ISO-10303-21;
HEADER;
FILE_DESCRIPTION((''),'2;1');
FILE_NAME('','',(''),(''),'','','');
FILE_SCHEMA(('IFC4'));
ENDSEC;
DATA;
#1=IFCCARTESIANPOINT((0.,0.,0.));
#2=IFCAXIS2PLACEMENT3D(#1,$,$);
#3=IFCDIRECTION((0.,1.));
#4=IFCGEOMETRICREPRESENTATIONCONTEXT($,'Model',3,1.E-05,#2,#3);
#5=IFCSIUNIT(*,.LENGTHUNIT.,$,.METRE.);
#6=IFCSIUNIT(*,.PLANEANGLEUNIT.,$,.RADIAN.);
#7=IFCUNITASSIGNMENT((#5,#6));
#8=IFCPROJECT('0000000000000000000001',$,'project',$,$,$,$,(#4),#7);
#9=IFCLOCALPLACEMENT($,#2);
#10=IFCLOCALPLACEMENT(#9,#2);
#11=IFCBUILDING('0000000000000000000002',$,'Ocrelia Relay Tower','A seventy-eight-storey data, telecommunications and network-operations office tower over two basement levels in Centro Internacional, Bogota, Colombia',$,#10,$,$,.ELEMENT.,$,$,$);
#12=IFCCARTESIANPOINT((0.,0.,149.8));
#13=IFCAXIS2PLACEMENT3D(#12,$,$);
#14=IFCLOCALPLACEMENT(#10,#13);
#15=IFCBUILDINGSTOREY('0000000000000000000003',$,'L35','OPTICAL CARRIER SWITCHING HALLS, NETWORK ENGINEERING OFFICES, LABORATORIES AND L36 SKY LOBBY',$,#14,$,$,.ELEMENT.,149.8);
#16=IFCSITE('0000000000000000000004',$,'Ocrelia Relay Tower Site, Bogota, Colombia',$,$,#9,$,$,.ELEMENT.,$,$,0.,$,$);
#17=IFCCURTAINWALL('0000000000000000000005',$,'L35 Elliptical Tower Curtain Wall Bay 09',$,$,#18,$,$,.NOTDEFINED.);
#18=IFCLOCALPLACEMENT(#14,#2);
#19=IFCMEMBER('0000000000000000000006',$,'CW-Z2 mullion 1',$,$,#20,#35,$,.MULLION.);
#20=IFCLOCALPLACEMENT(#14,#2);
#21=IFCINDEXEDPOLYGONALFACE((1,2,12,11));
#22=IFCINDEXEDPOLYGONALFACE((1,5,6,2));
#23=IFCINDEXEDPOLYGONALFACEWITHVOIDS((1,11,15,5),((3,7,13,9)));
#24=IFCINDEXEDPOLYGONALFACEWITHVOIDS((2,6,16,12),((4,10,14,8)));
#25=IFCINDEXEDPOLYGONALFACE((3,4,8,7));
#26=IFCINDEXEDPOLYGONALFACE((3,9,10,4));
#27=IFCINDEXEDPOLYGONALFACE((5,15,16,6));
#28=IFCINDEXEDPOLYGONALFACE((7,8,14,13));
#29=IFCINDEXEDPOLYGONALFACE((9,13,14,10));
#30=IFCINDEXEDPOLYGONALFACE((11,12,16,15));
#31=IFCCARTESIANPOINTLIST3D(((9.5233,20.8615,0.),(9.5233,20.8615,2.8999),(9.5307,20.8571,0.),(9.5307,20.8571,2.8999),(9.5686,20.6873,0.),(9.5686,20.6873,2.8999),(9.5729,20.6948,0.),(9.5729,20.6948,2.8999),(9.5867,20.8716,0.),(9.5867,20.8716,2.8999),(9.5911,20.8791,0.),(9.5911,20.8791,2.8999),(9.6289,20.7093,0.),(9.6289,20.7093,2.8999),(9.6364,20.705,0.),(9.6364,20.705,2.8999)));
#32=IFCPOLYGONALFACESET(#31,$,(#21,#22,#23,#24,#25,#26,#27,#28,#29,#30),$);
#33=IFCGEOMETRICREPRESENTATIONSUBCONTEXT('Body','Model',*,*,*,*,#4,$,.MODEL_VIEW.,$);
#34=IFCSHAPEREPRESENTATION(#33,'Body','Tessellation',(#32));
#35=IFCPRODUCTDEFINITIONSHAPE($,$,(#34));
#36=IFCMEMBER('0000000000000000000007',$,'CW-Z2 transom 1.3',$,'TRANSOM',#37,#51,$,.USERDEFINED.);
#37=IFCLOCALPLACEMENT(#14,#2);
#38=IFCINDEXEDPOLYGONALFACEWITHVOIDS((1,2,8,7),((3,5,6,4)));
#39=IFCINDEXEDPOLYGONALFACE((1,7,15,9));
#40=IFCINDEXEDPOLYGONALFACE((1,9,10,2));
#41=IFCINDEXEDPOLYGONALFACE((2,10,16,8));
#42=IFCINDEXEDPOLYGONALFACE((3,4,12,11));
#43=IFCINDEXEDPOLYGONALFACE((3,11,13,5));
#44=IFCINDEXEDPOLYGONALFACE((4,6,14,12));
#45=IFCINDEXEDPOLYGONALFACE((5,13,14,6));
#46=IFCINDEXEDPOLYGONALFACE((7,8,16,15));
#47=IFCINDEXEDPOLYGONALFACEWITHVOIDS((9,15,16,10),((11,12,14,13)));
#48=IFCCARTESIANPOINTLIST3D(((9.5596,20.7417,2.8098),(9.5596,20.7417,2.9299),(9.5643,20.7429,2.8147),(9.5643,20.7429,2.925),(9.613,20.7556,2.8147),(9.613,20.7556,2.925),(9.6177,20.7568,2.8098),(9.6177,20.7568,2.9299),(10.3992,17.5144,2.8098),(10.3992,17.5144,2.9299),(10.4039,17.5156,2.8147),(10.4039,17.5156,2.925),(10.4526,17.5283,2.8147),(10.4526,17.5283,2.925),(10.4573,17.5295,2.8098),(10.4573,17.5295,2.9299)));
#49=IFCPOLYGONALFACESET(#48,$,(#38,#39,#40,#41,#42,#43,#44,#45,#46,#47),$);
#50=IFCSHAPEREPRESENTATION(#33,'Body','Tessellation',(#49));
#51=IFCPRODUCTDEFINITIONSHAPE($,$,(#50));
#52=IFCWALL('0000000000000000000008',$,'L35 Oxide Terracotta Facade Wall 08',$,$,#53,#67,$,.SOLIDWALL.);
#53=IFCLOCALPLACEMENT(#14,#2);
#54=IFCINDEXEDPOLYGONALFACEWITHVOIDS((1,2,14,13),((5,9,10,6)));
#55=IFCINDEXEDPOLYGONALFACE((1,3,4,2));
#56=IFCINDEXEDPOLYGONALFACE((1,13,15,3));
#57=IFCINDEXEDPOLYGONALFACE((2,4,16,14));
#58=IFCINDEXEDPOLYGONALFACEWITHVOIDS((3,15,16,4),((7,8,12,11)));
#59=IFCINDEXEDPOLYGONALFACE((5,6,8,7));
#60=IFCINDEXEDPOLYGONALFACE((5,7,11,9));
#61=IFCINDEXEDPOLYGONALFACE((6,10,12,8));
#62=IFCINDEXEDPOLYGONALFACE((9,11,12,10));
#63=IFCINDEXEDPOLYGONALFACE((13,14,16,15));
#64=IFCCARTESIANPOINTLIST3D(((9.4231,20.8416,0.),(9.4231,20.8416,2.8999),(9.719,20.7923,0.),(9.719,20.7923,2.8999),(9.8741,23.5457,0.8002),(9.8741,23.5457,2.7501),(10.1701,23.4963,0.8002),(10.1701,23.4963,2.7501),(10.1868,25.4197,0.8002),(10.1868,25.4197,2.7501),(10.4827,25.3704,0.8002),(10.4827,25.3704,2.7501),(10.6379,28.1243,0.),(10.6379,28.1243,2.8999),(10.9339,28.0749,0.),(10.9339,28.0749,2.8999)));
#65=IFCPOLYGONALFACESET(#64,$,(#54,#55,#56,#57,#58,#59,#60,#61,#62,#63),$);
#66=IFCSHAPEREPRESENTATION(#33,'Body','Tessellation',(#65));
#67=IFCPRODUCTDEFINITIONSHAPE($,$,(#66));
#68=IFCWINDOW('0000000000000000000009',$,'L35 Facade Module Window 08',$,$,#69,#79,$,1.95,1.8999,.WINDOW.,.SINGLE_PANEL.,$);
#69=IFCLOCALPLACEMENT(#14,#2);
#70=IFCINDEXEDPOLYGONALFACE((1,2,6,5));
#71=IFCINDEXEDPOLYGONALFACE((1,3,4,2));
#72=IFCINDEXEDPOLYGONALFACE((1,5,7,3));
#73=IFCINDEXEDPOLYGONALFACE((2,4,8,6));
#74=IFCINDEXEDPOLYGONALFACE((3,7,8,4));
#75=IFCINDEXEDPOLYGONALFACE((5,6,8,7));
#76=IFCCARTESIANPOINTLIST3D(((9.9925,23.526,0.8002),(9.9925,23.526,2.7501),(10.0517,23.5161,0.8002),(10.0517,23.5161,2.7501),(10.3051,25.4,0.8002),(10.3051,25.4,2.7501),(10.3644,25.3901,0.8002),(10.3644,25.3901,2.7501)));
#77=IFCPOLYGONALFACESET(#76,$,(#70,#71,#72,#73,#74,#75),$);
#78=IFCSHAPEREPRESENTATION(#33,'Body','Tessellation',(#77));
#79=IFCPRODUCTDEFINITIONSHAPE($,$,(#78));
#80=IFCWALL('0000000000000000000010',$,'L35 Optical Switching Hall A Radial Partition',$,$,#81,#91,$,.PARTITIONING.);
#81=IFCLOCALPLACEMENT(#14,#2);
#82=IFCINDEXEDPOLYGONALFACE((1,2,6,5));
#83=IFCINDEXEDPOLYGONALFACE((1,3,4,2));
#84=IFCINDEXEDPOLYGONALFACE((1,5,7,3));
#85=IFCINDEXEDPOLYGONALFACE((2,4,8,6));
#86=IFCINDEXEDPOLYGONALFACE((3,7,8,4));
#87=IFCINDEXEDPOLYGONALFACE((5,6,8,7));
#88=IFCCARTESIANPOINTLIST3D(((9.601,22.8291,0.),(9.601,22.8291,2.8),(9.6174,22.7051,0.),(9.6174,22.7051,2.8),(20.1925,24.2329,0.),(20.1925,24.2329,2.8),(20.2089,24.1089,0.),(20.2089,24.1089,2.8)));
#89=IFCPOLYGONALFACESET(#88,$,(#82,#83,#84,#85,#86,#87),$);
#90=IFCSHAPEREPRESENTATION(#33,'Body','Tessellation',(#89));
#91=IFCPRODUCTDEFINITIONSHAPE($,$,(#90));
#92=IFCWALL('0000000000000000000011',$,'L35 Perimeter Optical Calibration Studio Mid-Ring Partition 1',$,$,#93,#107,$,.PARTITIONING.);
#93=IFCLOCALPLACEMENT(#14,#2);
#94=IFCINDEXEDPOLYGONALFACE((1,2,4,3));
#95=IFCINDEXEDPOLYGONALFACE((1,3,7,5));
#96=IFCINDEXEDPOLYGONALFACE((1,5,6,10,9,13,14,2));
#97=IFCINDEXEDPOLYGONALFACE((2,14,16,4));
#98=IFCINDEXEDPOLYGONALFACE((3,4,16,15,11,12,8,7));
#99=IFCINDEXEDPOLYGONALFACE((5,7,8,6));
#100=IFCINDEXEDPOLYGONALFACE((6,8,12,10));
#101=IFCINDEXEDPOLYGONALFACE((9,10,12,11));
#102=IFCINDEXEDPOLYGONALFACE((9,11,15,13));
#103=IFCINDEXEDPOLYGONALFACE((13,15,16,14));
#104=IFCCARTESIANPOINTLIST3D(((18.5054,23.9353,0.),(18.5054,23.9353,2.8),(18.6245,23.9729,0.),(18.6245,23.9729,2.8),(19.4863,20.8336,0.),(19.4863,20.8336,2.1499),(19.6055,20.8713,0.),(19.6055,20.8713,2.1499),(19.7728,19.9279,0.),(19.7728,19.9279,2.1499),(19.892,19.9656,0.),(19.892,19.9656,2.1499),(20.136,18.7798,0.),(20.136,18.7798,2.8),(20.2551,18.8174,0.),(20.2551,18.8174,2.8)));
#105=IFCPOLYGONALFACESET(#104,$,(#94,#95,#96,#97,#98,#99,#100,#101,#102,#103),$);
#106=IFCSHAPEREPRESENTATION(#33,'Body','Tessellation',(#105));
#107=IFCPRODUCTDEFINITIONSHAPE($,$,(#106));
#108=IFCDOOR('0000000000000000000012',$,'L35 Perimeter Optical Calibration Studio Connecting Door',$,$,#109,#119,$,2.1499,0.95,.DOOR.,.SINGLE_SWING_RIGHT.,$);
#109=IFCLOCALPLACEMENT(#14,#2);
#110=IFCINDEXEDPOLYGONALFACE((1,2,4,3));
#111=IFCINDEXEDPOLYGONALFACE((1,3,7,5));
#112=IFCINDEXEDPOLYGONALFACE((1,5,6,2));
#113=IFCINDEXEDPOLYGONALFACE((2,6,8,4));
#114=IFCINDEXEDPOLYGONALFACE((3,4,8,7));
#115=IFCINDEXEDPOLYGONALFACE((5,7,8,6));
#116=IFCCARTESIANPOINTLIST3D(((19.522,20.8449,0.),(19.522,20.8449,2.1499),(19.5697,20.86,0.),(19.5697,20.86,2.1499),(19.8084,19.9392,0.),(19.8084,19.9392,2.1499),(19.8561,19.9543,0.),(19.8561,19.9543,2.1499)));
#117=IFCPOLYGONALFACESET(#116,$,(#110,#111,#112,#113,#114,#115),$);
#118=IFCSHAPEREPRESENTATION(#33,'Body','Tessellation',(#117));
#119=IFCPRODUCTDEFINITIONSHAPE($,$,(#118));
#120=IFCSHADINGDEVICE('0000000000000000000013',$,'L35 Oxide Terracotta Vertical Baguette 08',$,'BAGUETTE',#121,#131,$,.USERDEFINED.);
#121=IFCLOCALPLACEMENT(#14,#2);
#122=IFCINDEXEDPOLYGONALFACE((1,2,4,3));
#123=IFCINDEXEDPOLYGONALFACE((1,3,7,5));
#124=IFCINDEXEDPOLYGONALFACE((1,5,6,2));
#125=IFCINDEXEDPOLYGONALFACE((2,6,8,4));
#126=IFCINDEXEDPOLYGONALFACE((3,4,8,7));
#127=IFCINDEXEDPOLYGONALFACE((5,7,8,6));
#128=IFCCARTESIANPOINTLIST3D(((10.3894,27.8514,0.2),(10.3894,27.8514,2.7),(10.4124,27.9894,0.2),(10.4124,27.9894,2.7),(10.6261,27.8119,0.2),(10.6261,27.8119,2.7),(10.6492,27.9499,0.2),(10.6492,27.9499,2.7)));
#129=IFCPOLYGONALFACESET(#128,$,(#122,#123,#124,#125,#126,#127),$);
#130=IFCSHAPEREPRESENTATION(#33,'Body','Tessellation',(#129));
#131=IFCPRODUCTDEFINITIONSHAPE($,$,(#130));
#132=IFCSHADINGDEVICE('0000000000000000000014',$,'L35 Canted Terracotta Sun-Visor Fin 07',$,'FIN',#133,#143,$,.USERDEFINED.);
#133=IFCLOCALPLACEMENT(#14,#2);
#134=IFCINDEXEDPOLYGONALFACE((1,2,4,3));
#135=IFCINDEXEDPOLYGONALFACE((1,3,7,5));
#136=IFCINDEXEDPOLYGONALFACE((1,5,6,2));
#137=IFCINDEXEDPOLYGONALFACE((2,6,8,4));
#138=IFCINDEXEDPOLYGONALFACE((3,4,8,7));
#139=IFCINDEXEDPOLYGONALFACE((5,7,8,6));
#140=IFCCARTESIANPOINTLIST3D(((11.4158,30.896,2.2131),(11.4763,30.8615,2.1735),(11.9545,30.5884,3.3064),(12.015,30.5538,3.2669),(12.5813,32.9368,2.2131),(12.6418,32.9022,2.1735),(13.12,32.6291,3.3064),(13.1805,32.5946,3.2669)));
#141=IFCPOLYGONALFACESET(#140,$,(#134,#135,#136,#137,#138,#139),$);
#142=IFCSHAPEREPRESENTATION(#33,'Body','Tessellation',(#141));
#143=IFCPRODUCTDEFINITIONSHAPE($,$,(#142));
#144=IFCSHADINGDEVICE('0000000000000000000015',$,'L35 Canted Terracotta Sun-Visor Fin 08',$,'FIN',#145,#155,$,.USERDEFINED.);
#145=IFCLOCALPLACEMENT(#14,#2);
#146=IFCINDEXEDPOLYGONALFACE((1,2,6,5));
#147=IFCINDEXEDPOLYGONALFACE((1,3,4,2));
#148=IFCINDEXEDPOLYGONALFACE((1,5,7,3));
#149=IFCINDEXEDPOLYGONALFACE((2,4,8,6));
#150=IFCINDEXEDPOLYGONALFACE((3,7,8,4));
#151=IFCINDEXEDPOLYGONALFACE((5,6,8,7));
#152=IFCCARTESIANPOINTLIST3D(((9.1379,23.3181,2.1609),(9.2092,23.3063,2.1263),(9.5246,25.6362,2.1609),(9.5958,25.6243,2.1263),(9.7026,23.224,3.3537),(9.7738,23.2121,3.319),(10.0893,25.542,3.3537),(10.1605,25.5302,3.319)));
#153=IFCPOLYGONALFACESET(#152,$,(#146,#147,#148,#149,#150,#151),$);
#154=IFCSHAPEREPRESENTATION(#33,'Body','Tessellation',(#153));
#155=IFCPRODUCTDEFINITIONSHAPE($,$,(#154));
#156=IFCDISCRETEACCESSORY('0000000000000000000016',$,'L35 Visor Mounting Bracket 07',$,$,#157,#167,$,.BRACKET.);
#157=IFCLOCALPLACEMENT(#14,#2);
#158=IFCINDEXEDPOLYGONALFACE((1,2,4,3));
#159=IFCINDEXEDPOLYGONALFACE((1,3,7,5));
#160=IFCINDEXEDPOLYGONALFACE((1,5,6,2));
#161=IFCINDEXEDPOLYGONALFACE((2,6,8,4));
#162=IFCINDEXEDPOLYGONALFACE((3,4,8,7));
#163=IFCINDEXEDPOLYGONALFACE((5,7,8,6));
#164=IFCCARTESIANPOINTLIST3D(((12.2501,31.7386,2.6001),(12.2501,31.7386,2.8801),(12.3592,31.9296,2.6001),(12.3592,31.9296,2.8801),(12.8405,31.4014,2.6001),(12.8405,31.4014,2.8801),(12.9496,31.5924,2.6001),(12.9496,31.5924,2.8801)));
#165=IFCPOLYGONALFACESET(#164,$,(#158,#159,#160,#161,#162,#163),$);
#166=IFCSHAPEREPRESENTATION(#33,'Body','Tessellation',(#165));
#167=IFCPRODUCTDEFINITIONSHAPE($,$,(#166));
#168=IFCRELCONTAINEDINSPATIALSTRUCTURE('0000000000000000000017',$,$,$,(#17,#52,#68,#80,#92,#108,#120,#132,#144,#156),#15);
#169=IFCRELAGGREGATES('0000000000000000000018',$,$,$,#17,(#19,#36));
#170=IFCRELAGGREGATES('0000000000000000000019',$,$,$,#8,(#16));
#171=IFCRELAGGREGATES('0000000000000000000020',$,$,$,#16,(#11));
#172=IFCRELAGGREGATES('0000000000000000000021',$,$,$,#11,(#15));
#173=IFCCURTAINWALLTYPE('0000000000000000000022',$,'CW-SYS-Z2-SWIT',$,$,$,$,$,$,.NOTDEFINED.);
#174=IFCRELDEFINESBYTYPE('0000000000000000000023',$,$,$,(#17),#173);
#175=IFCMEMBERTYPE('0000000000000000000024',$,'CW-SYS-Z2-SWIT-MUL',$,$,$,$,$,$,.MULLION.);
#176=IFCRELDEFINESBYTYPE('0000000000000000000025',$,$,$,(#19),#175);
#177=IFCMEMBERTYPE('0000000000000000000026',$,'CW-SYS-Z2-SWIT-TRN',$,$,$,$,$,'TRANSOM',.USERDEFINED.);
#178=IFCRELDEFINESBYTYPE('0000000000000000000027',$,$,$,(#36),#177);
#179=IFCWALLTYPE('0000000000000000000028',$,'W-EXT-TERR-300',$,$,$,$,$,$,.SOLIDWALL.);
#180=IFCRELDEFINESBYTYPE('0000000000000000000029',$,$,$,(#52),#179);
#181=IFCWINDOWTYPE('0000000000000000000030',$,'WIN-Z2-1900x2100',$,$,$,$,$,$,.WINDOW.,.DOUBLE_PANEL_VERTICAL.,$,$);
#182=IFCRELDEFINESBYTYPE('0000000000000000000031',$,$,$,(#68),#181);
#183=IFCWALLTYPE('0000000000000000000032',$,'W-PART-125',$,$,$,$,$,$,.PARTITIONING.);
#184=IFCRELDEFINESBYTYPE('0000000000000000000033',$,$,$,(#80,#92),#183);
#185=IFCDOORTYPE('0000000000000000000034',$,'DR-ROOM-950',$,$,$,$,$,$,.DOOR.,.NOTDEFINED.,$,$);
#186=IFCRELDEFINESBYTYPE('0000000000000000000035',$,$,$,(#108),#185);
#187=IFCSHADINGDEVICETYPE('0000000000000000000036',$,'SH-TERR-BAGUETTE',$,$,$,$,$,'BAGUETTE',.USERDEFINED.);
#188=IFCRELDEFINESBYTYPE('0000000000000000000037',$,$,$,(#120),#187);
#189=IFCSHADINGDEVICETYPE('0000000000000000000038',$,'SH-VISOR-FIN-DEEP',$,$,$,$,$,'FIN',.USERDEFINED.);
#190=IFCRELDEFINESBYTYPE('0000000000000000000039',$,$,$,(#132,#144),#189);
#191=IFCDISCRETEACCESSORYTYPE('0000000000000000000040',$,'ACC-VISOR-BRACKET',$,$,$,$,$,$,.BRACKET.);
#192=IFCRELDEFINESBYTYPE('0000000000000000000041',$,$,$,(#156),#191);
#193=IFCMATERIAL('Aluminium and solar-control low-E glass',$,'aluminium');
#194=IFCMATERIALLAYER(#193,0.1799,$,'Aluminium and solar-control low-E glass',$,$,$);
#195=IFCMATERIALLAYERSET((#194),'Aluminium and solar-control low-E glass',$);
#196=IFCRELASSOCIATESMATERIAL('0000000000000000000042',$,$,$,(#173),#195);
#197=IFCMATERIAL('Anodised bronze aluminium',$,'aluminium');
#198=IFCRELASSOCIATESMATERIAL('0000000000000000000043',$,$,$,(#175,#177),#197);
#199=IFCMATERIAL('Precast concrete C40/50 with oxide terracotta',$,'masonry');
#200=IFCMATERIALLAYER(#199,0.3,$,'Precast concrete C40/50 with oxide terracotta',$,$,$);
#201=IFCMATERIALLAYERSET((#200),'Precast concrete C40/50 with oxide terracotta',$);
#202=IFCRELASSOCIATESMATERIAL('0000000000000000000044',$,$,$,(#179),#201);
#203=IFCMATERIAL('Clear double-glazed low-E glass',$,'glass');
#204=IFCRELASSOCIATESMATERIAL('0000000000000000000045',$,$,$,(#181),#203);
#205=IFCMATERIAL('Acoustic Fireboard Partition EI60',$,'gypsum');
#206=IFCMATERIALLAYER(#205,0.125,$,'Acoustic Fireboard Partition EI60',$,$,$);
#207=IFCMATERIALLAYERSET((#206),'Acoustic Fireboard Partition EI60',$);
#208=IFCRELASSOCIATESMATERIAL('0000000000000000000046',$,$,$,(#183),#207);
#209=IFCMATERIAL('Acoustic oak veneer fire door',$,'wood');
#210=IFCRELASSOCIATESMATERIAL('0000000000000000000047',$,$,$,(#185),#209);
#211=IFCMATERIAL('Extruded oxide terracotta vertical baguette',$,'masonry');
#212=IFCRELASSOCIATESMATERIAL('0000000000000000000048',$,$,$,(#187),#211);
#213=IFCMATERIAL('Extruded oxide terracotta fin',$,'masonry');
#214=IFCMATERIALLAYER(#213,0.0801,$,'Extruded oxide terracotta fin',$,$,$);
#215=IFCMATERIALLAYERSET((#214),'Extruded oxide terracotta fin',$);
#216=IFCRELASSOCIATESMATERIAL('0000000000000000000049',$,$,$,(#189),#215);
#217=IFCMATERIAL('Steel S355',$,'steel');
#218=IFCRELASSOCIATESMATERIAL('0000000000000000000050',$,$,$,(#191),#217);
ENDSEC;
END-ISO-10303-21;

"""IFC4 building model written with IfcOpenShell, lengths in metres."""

from ifc_helpers import new_model, si_unit, direction, frame, frame_2d, origin, origin_2d, place, context, subcontext, project, spatial, rectangle, hollow_rectangle, extrude, material, layer, layer_set, material_profile, profile_set, type_object, element, fill, aggregate, save


model = new_model("IFC4")

# Units and contexts
model_context = context("Model", 3, precision=1e-05, world=origin(), true_north=direction((0.0, 1.0)))
body_context = subcontext(model_context, "Body", "Model", "MODEL_VIEW")
ifc_project = project(units=[si_unit("LENGTHUNIT", "METRE"), si_unit("PLANEANGLEUNIT", "RADIAN")], contexts=[model_context])

# Site, building, storey
site_placement = place(None, origin())
site = spatial("IfcSite", under=ifc_project, at=site_placement, Name="Ocrelia Relay Tower Site, Bogota, Colombia", CompositionType="ELEMENT", RefElevation=0.0)
building_placement = place(site_placement, origin())
building = spatial("IfcBuilding", under=site, at=building_placement, Name="Ocrelia Relay Tower", Description="A seventy-eight-storey data, telecommunications and network-operations office tower over two basement levels in Centro Internacional, Bogota, Colombia", CompositionType="ELEMENT")
storey_placement = place(building_placement, frame((0.0, 0.0, 149.8)))
storey = spatial("IfcBuildingStorey", under=building, at=storey_placement, Name="L35", Description="OPTICAL CARRIER SWITCHING HALLS, NETWORK ENGINEERING OFFICES, LABORATORIES AND L36 SKY LOBBY", CompositionType="ELEMENT", Elevation=149.8)

# Shared definitions
ifc_material_1 = material(Name="Steel S355", Category="steel")

# Curtain wall, members
ifc_material_2 = material(Name="Aluminium and solar-control low-E glass", Category="aluminium")
ifc_layer_1 = layer(ifc_material_2, 0.1799, Name="Aluminium and solar-control low-E glass")
ifc_layer_set_1 = layer_set([ifc_layer_1], Name="Aluminium and solar-control low-E glass")
curtain_wall_type = type_object("IfcCurtainWallType", Name="CW-SYS-Z2-SWIT", PredefinedType="NOTDEFINED", material=ifc_layer_set_1)
curtain_wall_placement = place(storey_placement, origin())
curtain_wall = element("IfcCurtainWall", 1, at=curtain_wall_placement, inside=storey, type_object=curtain_wall_type, Name="L35 Elliptical Tower Curtain Wall Bay 09", PredefinedType="NOTDEFINED")
ifc_material_3 = material(Name="Anodised bronze aluminium", Category="aluminium")
ifc_material_profile_1 = material_profile(ifc_material_3, hollow_rectangle(XDim=0.0701, YDim=0.1799, WallThickness=0.0061, at=origin_2d()), Name="CW-MUL-180x70")
ifc_profile_set_1 = profile_set([ifc_material_profile_1], Name="Anodised bronze aluminium")
member_type_1 = type_object("IfcMemberType", Name="CW-SYS-Z2-SWIT-MUL", PredefinedType="MULLION", material=ifc_profile_set_1)
member_1_placement = place(storey_placement, frame((9.5798, 20.7832, 0.0), z_axis=(0.0, 0.0, 1.0), x_axis=(0.967797, 0.251732, 0.0)))
member_1 = element("IfcMember", 2, at=member_1_placement, type_object=member_type_1, Name="CW-Z2 mullion 1", PredefinedType="MULLION", context=body_context, shape_type="SweptSolid", body=[
    extrude(hollow_rectangle(XDim=0.0701, YDim=0.1799, WallThickness=0.0061, at=origin_2d()), origin(), (0.0, 0.0, 1.0), 2.8999),
])
ifc_material_profile_2 = material_profile(ifc_material_3, hollow_rectangle(XDim=0.0601, YDim=0.1201, WallThickness=0.0049, at=origin_2d()), Name="CW-TRN-120x60")
ifc_profile_set_2 = profile_set([ifc_material_profile_2], Name="Anodised bronze aluminium")
member_type_2 = type_object("IfcMemberType", Name="CW-SYS-Z2-SWIT-TRN", ElementType="TRANSOM", PredefinedType="USERDEFINED", material=ifc_profile_set_2)
member_2_placement = place(storey_placement, frame((9.5886, 20.7493, 2.8699), z_axis=(0.251775, -0.967786, 0.0), x_axis=(0.967786, 0.251775, 0.0)))
member_2 = element("IfcMember", 3, at=member_2_placement, type_object=member_type_2, Name="CW-Z2 transom 1.3", ObjectType="TRANSOM", PredefinedType="USERDEFINED", context=body_context, shape_type="SweptSolid", body=[
    extrude(hollow_rectangle(XDim=0.0601, YDim=0.1201, WallThickness=0.0049, at=origin_2d()), origin(), (0.0, 0.0, 1.0), 3.3347),
])
aggregate(curtain_wall, [member_1, member_2])

# Shared definitions
ifc_material_4 = material(Name="Acoustic oak veneer fire door", Category="wood")

# Wall, opening, window
ifc_material_5 = material(Name="Precast concrete C40/50 with oxide terracotta", Category="masonry")
ifc_layer_2 = layer(ifc_material_5, 0.3, Name="Precast concrete C40/50 with oxide terracotta")
ifc_layer_set_2 = layer_set([ifc_layer_2], Name="Precast concrete C40/50 with oxide terracotta")
wall_type_1 = type_object("IfcWallType", Name="W-EXT-TERR-300", PredefinedType="SOLIDWALL", material=ifc_layer_set_2)
wall_1_placement = place(storey_placement, frame((10.7859, 28.0996, 0.0), z_axis=(0.0, 0.0, 1.0), x_axis=(-0.164538, -0.986371, 0.0)))
wall_1 = element("IfcWall", 4, at=wall_1_placement, inside=storey, type_object=wall_type_1, Name="L35 Oxide Terracotta Facade Wall 08", PredefinedType="SOLIDWALL", context=body_context, shape_type="SweptSolid", body=[
    extrude(rectangle(XDim=7.3833, YDim=0.3, at=frame_2d((3.6917, 0.0))), origin(), (0.0, 0.0, 1.0), 2.8999),
])
opening_1_placement = place(wall_1_placement, frame((2.7419, 0.0, 0.8)))
opening_1 = element("IfcOpeningElement", 5, at=opening_1_placement, cuts=wall_1, PredefinedType="OPENING", context=body_context, shape_type="SweptSolid", body=[
    extrude(rectangle(XDim=1.8999, YDim=1.95, at=frame_2d((0.95, 0.9751))), frame((0.0, 0.1602, 0.0), z_axis=(0.0, -1.0, 0.0), x_axis=(1.0, 0.0, 0.0)), (0.0, 0.0, 1.0), 0.3201),
])
ifc_material_6 = material(Name="Clear double-glazed low-E glass", Category="glass")
window_type = type_object("IfcWindowType", Name="WIN-Z2-1900x2100", PartitioningType="DOUBLE_PANEL_VERTICAL", PredefinedType="WINDOW", material=ifc_material_6)
window_placement = place(opening_1_placement, origin())
window = element("IfcWindow", 6, at=window_placement, inside=storey, type_object=window_type, Name="L35 Facade Module Window 08", OverallHeight=1.95, OverallWidth=1.8999, PartitioningType="SINGLE_PANEL", PredefinedType="WINDOW", context=body_context, shape_type="SweptSolid", body=[
    extrude(rectangle(XDim=1.8999, YDim=1.95, at=frame_2d((0.95, 0.9751))), frame((0.0, 0.03, 0.0), z_axis=(0.0, -1.0, 0.0), x_axis=(1.0, 0.0, 0.0)), (0.0, 0.0, 1.0), 0.0601),
])
fill(opening_1, window)

# Wall
ifc_material_7 = material(Name="Acoustic Fireboard Partition EI60", Category="gypsum")
ifc_layer_3 = layer(ifc_material_7, 0.125, Name="Acoustic Fireboard Partition EI60")
ifc_layer_set_3 = layer_set([ifc_layer_3], Name="Acoustic Fireboard Partition EI60")
wall_type_2 = type_object("IfcWallType", Name="W-PART-125", PredefinedType="PARTITIONING", material=ifc_layer_set_3)
wall_2_placement = place(storey_placement, frame((20.2007, 24.1709, 0.0), z_axis=(0.0, 0.0, 1.0), x_axis=(-0.991331, -0.131391, 0.0)))
element("IfcWall", 7, at=wall_2_placement, inside=storey, type_object=wall_type_2, Name="L35 Optical Switching Hall A Radial Partition", PredefinedType="PARTITIONING", context=body_context, shape_type="SweptSolid", body=[
    extrude(rectangle(XDim=10.6841, YDim=0.125, at=frame_2d((5.342, 0.0))), origin(), (0.0, 0.0, 1.0), 2.8),
])

# Wall, opening, door
wall_3_placement = place(storey_placement, frame((18.5649, 23.9541, 0.0), z_axis=(0.0, 0.0, 1.0), x_axis=(0.301561, -0.953447, 0.0)))
wall_3 = element("IfcWall", 8, at=wall_3_placement, inside=storey, type_object=wall_type_2, Name="L35 Perimeter Optical Calibration Studio Mid-Ring Partition 1", PredefinedType="PARTITIONING", context=body_context, shape_type="SweptSolid", body=[
    extrude(rectangle(XDim=5.4072, YDim=0.125, at=frame_2d((2.7036, 0.0))), origin(), (0.0, 0.0, 1.0), 2.8),
])
opening_2_placement = place(wall_3_placement, frame((3.2529, 0.0, 0.0)))
opening_2 = element("IfcOpeningElement", 9, at=opening_2_placement, cuts=wall_3, PredefinedType="OPENING", context=body_context, shape_type="SweptSolid", body=[
    extrude(rectangle(XDim=0.95, YDim=2.1499, at=frame_2d((0.4751, 1.075))), frame((0.0, 0.0725, 0.0), z_axis=(0.0, -1.0, 0.0), x_axis=(1.0, 0.0, 0.0)), (0.0, 0.0, 1.0), 0.145),
])
door_type_1 = type_object("IfcDoorType", Name="DR-ROOM-950", OperationType="NOTDEFINED", PredefinedType="DOOR", material=ifc_material_4)
door_1_placement = place(opening_2_placement, origin())
door_1 = element("IfcDoor", 10, at=door_1_placement, inside=storey, type_object=door_type_1, Name="L35 Perimeter Optical Calibration Studio Connecting Door", OperationType="SINGLE_SWING_RIGHT", OverallHeight=2.1499, OverallWidth=0.95, PredefinedType="DOOR", context=body_context, shape_type="SweptSolid", body=[
    extrude(rectangle(XDim=0.95, YDim=2.1499, at=frame_2d((0.4751, 1.075))), frame((0.0, 0.0249, 0.0), z_axis=(0.0, -1.0, 0.0), x_axis=(1.0, 0.0, 0.0)), (0.0, 0.0, 1.0), 0.05),
])
fill(opening_2, door_1)

# Shading devices
ifc_material_8 = material(Name="Extruded oxide terracotta vertical baguette", Category="masonry")
shading_device_type_1 = type_object("IfcShadingDeviceType", Name="SH-TERR-BAGUETTE", ElementType="BAGUETTE", PredefinedType="USERDEFINED", material=ifc_material_8)
shading_device_1_placement = place(storey_placement, frame((10.5193, 27.9006, 0.2), z_axis=(0.0, 0.0, 1.0), x_axis=(-0.164522, -0.986373, 0.0)))
element("IfcShadingDevice", 11, at=shading_device_1_placement, inside=storey, type_object=shading_device_type_1, Name="L35 Oxide Terracotta Vertical Baguette 08", ObjectType="BAGUETTE", PredefinedType="USERDEFINED", context=body_context, shape_type="SweptSolid", body=[
    extrude(rectangle(XDim=0.1399, YDim=0.24, at=origin_2d()), origin(), (0.0, 0.0, 1.0), 2.5),
])
ifc_material_9 = material(Name="Extruded oxide terracotta fin", Category="masonry")
ifc_layer_4 = layer(ifc_material_9, 0.0801, Name="Extruded oxide terracotta fin")
ifc_layer_set_4 = layer_set([ifc_layer_4], Name="Extruded oxide terracotta fin")
shading_device_type_2 = type_object("IfcShadingDeviceType", Name="SH-VISOR-FIN-DEEP", ElementType="FIN", PredefinedType="USERDEFINED", material=ifc_layer_set_4)
shading_device_2_placement = place(storey_placement, frame((12.3284, 31.728, 2.7202), z_axis=(-0.755257, 0.431344, 0.493487), x_axis=(-0.495938, -0.868358, 0.0)))
element("IfcShadingDevice", 12, at=shading_device_2_placement, inside=storey, type_object=shading_device_type_2, Name="L35 Canted Terracotta Sun-Visor Fin 07", ObjectType="FIN", PredefinedType="USERDEFINED", context=body_context, shape_type="SweptSolid", body=[
    extrude(rectangle(XDim=2.3501, YDim=1.2571, at=origin_2d()), origin(), (0.0, 0.0, 1.0), 0.0801),
])
shading_device_3_placement = place(storey_placement, frame((9.6848, 24.4182, 2.7227), z_axis=(-0.889246, 0.148322, 0.432715), x_axis=(-0.164522, -0.986373, 0.0)))
element("IfcShadingDevice", 13, at=shading_device_3_placement, inside=storey, type_object=shading_device_type_2, Name="L35 Canted Terracotta Sun-Visor Fin 08", ObjectType="FIN", PredefinedType="USERDEFINED", context=body_context, shape_type="SweptSolid", body=[
    extrude(rectangle(XDim=2.3501, YDim=1.323, at=origin_2d()), origin(), (0.0, 0.0, 1.0), 0.0801),
])

# Discrete accessory
discrete_accessory_type = type_object("IfcDiscreteAccessoryType", Name="ACC-VISOR-BRACKET", PredefinedType="BRACKET", material=ifc_material_1)
for number, where, z_axis, x_axis, name in (
    (14, (12.5999, 31.6655, 2.6001), (0.0, 0.0, 1.0), (-0.495938, -0.868358, 0.0), "L35 Visor Mounting Bracket 07"),
):
    element("IfcDiscreteAccessory", number, at=place(storey_placement, frame(where, z_axis=z_axis, x_axis=x_axis)), inside=storey, type_object=discrete_accessory_type, Name=name, PredefinedType="BRACKET", context=body_context, shape_type="SweptSolid", body=[
        extrude(rectangle(XDim=0.22, YDim=0.6799, at=origin_2d()), origin(), (0.0, 0.0, 1.0), 0.28),
    ])

save(model, "model.ifc")
